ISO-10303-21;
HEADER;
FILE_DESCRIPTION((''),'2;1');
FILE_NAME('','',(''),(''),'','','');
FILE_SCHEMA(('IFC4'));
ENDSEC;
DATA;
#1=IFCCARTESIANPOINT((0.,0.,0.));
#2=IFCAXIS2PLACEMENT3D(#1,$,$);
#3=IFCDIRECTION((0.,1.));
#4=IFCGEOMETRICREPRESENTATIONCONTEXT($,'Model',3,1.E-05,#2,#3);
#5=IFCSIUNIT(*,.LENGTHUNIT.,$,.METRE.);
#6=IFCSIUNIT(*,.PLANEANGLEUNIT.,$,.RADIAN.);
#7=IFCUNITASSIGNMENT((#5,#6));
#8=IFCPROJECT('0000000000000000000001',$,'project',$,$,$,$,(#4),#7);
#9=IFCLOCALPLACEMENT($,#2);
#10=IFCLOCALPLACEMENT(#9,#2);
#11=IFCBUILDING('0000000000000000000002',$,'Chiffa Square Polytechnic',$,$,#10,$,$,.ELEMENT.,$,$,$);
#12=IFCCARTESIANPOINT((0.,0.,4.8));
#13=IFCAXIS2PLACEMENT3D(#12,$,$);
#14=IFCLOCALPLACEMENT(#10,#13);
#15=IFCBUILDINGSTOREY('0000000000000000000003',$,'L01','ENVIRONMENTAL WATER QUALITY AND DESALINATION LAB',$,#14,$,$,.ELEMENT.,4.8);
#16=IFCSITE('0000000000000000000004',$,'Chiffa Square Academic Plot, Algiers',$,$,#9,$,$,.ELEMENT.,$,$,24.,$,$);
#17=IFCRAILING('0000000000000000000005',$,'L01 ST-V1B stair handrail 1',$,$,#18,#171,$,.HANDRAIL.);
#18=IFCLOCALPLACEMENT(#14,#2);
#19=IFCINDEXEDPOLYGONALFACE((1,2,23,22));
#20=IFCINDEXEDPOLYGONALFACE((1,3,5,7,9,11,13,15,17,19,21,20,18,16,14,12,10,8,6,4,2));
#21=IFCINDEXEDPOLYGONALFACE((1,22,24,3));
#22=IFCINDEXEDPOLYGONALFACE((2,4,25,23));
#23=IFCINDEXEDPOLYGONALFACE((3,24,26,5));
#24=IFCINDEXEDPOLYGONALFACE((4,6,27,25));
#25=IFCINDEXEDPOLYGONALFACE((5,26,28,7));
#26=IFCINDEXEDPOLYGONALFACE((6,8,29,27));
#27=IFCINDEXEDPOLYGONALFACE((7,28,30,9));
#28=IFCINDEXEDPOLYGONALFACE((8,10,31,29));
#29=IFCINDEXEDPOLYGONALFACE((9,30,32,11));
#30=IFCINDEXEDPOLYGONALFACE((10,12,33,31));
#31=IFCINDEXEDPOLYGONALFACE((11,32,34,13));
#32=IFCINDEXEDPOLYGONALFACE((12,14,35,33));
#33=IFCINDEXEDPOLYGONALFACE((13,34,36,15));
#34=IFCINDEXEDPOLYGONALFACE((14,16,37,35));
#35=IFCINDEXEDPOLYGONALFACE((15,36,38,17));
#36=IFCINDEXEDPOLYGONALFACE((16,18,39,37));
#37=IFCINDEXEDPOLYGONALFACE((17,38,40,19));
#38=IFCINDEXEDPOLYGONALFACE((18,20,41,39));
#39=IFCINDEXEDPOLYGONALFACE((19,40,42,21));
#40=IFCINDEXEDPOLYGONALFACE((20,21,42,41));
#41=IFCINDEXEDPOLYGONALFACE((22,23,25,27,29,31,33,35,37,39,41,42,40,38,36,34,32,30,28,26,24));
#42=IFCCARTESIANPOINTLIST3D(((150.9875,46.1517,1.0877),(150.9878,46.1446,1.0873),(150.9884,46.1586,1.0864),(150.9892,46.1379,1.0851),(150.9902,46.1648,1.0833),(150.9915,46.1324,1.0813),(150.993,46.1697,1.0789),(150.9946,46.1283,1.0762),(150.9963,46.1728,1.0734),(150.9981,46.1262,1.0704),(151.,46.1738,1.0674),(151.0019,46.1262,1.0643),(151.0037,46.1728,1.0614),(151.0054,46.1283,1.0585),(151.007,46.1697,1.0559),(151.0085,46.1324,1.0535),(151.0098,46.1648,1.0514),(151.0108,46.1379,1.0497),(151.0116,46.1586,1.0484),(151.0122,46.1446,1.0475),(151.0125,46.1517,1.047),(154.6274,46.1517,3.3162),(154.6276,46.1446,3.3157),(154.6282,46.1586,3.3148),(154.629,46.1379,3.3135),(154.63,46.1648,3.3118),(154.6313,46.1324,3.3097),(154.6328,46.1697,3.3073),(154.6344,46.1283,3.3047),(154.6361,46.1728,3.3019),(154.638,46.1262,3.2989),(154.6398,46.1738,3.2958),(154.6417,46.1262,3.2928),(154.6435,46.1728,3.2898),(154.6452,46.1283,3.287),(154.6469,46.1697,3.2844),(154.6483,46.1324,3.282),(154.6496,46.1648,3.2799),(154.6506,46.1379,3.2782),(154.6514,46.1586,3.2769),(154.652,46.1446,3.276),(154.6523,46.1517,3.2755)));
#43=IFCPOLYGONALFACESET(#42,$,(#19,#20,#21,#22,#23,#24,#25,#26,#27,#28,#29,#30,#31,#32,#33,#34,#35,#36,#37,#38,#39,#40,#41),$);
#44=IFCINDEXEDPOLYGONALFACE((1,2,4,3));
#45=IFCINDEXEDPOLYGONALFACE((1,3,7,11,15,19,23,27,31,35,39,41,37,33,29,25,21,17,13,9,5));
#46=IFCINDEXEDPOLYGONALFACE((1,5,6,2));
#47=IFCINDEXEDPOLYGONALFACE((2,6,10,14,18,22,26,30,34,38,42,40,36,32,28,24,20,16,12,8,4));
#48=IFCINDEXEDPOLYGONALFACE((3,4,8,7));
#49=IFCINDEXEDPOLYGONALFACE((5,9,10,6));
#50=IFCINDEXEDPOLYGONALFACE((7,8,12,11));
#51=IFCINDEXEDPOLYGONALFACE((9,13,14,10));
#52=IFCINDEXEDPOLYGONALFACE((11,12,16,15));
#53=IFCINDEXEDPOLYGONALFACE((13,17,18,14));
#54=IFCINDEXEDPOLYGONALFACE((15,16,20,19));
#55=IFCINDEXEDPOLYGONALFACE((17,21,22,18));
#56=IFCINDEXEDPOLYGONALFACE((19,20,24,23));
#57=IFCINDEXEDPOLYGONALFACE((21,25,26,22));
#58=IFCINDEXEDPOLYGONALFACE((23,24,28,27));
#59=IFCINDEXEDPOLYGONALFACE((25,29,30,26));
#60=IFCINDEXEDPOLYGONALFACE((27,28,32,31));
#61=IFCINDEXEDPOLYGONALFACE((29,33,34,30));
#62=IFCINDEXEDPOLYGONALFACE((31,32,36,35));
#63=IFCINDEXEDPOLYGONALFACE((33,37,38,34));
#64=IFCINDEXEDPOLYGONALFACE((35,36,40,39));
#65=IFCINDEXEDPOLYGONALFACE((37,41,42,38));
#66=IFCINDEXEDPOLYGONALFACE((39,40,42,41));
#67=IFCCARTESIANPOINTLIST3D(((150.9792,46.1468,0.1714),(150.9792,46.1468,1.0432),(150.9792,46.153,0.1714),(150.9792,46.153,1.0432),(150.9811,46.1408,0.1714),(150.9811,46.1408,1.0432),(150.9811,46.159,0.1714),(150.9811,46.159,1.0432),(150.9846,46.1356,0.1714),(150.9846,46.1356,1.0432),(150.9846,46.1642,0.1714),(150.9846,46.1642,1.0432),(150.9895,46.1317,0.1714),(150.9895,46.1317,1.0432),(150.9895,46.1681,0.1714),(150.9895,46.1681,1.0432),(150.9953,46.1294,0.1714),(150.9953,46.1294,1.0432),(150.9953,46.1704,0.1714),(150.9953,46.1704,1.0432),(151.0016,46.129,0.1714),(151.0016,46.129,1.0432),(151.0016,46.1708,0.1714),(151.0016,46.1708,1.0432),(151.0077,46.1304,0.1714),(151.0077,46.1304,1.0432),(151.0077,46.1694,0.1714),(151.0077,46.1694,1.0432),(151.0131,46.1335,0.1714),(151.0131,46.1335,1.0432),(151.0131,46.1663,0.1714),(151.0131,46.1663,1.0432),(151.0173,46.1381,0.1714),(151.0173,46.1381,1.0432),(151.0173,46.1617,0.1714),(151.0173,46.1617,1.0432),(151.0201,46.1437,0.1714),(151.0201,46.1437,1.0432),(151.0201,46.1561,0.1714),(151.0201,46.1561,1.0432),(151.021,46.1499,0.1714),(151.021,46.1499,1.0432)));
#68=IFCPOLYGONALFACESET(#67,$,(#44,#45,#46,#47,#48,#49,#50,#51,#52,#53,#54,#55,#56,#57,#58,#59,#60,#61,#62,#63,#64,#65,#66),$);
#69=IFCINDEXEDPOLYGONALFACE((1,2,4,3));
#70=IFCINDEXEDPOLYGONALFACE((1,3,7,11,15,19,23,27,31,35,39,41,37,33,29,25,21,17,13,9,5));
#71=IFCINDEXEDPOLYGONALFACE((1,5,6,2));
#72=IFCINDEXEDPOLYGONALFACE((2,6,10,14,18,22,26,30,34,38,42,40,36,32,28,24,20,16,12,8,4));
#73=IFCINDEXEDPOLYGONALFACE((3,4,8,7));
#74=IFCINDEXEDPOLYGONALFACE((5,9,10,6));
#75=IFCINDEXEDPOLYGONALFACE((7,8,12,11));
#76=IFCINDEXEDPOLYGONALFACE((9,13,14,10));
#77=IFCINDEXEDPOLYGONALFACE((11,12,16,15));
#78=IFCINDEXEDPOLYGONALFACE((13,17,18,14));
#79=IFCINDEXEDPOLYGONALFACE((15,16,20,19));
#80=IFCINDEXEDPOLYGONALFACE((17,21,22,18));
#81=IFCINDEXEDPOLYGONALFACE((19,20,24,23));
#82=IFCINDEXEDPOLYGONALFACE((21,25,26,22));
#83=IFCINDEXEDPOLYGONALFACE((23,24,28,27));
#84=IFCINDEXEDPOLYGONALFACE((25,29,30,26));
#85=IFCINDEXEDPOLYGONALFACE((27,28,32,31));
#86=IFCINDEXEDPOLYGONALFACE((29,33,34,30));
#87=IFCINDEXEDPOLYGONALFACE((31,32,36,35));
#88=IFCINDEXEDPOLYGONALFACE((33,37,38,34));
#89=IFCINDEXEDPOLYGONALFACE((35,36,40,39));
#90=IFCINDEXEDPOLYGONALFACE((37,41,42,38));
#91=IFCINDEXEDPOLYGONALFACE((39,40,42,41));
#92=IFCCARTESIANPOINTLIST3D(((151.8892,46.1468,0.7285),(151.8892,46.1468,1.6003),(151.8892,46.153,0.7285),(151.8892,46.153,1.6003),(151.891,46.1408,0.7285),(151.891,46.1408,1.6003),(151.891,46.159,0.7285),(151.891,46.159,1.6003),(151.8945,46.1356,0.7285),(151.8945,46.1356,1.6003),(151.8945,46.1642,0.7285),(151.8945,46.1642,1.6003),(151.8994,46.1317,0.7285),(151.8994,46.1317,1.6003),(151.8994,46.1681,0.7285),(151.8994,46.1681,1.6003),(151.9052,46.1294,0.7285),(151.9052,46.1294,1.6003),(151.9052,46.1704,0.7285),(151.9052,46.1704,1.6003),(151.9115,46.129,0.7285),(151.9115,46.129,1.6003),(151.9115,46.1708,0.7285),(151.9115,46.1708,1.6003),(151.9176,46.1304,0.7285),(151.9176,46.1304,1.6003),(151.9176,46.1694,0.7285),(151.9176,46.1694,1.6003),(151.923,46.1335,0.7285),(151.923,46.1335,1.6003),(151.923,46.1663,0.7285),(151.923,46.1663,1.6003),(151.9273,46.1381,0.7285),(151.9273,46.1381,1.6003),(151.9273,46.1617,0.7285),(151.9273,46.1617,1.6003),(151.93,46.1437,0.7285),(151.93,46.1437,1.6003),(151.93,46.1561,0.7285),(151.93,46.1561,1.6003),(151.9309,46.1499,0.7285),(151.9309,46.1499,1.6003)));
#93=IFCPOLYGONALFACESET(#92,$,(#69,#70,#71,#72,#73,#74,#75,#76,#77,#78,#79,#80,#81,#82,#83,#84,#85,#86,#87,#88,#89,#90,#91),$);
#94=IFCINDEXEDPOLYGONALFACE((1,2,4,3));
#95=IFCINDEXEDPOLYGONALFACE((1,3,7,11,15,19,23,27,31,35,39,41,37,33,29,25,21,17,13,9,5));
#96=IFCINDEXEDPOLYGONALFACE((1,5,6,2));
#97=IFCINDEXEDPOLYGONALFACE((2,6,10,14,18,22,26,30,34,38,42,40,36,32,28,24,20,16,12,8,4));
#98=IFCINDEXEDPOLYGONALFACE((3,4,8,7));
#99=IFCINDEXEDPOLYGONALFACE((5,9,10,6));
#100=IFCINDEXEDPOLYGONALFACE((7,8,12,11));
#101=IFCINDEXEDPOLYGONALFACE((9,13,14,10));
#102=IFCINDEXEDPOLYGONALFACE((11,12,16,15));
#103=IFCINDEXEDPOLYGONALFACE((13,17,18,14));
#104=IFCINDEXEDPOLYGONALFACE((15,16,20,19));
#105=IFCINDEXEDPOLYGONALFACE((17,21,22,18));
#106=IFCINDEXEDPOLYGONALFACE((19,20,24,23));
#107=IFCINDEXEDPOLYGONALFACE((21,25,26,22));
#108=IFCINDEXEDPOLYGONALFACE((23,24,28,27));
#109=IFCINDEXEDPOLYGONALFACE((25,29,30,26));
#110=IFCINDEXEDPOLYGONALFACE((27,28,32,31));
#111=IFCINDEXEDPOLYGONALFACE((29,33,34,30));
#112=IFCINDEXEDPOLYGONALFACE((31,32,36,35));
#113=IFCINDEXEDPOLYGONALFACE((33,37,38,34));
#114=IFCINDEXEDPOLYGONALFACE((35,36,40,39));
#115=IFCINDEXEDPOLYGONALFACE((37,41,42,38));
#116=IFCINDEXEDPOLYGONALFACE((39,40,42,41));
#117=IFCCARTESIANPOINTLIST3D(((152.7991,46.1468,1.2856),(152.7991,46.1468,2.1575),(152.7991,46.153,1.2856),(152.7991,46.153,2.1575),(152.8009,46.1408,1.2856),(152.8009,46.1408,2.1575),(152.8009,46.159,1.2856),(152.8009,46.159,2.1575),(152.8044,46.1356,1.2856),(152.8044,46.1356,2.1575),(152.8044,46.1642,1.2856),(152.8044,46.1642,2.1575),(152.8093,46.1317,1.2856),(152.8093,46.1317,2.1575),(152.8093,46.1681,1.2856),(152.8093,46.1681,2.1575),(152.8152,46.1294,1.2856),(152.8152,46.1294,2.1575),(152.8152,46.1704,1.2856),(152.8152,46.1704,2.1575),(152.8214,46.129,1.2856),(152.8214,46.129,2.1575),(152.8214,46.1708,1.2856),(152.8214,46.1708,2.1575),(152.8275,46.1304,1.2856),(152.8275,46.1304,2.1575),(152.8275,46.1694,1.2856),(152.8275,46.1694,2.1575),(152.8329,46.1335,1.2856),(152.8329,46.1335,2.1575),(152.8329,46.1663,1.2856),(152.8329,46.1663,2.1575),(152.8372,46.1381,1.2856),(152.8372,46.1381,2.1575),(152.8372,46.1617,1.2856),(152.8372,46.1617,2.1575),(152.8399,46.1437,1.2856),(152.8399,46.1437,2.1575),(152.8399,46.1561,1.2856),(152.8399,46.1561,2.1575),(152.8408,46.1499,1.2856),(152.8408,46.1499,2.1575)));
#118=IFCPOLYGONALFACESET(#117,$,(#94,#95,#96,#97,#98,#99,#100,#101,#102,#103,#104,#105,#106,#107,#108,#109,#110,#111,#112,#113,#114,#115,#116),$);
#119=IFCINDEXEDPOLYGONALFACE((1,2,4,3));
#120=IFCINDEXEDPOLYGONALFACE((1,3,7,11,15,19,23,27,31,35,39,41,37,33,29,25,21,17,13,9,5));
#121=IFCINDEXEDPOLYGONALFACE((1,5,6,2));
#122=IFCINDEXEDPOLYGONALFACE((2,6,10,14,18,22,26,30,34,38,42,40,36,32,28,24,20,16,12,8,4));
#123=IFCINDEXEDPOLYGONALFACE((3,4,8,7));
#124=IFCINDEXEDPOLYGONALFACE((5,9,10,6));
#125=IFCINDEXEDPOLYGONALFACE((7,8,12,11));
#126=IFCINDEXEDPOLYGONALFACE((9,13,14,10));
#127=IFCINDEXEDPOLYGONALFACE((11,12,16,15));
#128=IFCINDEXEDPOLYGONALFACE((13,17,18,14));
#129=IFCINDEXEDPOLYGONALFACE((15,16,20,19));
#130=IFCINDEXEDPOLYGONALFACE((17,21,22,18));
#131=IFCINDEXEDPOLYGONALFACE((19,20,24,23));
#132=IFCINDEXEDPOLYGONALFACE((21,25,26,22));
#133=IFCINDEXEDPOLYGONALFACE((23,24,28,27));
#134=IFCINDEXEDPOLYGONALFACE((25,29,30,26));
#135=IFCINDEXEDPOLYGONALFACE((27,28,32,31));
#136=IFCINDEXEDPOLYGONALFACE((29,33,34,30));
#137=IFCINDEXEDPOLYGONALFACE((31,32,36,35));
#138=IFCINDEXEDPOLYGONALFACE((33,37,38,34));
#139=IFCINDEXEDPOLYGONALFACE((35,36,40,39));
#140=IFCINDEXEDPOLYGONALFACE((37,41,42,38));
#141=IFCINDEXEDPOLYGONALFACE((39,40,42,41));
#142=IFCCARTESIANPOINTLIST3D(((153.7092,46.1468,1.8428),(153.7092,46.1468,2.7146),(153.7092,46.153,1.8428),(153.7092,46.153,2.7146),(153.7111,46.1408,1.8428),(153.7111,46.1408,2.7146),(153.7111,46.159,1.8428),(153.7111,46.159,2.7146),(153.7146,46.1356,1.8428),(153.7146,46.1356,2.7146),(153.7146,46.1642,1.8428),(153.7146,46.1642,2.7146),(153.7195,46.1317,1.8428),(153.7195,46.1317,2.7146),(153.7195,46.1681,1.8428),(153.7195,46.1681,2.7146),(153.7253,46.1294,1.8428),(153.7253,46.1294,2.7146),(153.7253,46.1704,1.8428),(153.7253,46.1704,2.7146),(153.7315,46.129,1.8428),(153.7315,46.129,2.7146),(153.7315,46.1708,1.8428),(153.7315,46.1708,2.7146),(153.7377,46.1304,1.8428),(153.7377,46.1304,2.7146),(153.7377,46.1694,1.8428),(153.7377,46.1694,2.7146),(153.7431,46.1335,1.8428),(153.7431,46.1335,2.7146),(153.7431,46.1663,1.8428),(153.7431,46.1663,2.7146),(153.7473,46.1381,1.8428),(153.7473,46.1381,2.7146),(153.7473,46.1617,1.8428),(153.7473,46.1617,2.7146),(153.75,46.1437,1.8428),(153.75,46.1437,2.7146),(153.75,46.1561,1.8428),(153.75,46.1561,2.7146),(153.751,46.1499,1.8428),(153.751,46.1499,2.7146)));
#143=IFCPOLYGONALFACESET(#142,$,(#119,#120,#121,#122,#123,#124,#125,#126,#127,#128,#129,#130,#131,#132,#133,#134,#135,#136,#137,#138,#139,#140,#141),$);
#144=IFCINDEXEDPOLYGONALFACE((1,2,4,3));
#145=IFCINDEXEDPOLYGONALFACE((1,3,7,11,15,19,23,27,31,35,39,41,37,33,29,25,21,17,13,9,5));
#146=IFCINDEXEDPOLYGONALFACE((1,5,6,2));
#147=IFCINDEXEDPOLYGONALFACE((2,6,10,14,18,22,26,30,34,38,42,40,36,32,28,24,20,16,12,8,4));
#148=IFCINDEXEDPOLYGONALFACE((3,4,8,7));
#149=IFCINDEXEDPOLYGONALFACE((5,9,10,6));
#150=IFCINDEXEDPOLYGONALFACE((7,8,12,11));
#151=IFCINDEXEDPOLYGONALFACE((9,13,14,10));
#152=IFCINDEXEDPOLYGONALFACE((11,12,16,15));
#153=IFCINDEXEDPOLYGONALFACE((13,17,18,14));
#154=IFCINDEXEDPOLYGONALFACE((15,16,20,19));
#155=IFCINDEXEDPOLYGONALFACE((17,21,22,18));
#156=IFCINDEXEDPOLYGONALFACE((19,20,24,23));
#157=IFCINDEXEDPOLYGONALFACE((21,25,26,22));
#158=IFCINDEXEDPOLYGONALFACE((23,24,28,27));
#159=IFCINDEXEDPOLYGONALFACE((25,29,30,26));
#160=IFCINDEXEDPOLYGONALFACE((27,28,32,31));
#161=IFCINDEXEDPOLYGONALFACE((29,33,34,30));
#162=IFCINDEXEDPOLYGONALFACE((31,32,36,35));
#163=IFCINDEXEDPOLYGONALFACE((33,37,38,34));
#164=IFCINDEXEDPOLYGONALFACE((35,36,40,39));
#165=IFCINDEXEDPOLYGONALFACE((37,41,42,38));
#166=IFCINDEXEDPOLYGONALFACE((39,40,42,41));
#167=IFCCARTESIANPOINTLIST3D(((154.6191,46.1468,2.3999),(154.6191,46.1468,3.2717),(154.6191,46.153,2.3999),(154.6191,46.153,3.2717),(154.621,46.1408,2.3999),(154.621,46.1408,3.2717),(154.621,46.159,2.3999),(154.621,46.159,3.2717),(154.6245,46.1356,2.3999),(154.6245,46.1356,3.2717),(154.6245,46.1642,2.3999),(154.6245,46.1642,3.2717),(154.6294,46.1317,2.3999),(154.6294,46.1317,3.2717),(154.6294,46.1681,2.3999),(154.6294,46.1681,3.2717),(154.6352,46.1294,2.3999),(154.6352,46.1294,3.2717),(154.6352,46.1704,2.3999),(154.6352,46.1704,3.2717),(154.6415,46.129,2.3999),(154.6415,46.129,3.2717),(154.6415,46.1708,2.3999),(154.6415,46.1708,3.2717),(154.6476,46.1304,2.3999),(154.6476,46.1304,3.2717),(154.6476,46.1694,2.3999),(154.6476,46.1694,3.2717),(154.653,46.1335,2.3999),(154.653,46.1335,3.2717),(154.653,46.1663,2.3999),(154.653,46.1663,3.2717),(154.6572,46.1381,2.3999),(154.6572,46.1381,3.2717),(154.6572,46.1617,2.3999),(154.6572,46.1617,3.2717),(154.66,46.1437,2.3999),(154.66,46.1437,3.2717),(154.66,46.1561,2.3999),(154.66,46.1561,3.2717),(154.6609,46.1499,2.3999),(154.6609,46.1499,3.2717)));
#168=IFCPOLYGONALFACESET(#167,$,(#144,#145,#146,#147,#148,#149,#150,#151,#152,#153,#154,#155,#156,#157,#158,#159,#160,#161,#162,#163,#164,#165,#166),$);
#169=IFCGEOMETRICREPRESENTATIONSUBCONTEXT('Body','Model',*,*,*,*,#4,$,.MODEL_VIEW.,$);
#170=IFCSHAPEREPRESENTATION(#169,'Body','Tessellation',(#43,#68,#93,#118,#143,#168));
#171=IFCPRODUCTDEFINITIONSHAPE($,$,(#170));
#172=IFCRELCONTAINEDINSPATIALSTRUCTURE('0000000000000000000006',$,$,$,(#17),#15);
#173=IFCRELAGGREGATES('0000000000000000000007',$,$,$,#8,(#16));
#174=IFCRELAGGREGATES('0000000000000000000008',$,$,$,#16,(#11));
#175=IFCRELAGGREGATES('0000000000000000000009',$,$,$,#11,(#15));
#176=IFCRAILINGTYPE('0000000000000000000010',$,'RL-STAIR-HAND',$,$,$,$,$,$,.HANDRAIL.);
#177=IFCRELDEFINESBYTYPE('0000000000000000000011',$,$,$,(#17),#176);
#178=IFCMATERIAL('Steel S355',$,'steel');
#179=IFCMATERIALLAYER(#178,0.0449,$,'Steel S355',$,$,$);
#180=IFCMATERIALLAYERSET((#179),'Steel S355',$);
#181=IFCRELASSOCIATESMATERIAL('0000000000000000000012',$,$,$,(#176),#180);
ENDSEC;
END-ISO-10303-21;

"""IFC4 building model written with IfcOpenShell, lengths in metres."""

from ifc_helpers import new_model, si_unit, direction, frame, origin, origin_2d, place, context, subcontext, project, spatial, circle, extrude, material, layer, layer_set, type_object, element, save


model = new_model("IFC4")

# Units and contexts
model_context = context("Model", 3, precision=1e-05, world=origin(), true_north=direction((0.0, 1.0)))
body_context = subcontext(model_context, "Body", "Model", "MODEL_VIEW")
ifc_project = project(units=[si_unit("LENGTHUNIT", "METRE"), si_unit("PLANEANGLEUNIT", "RADIAN")], contexts=[model_context])

# Site, building, storey
site_placement = place(None, origin())
site = spatial("IfcSite", under=ifc_project, at=site_placement, Name="Chiffa Square Academic Plot, Algiers", CompositionType="ELEMENT", RefElevation=24.0)
building_placement = place(site_placement, origin())
building = spatial("IfcBuilding", under=site, at=building_placement, Name="Chiffa Square Polytechnic", CompositionType="ELEMENT")
storey_placement = place(building_placement, frame((0.0, 0.0, 4.8)))
storey = spatial("IfcBuildingStorey", under=building, at=storey_placement, Name="L01", Description="ENVIRONMENTAL WATER QUALITY AND DESALINATION LAB", CompositionType="ELEMENT", Elevation=4.8)

# Railing
ifc_material_1 = material(Name="Steel S355", Category="steel")
ifc_layer_1 = layer(ifc_material_1, 0.0449, Name="Steel S355")
ifc_layer_set_1 = layer_set([ifc_layer_1], Name="Steel S355")
railing_type_1 = type_object("IfcRailingType", Name="RL-STAIR-HAND", PredefinedType="HANDRAIL", material=ifc_layer_set_1)
railing_1_placement = place(storey_placement, frame((151.0, 46.1499, 0.1714)))
element("IfcRailing", 1, at=railing_1_placement, inside=storey, type_object=railing_type_1, Name="L01 ST-V1B stair handrail 1", PredefinedType="HANDRAIL", context=body_context, shape_type="SweptSolid", body=[
    extrude(circle(Radius=0.0239, at=origin_2d()), frame((0.0, 0.0, 0.896), z_axis=(0.85285, 0.0, 0.522156), x_axis=(0.0, 1.0, 0.0)), (0.0, 0.0, 1.0), 4.2678),
    extrude(circle(Radius=0.021, at=origin_2d()), origin(), (0.0, 0.0, 1.0), 0.8718),
    extrude(circle(Radius=0.021, at=origin_2d()), frame((0.9099, 0.0, 0.5571)), (0.0, 0.0, 1.0), 0.8718),
    extrude(circle(Radius=0.021, at=origin_2d()), frame((1.8198, 0.0, 1.1143)), (0.0, 0.0, 1.0), 0.8718),
    extrude(circle(Radius=0.021, at=origin_2d()), frame((2.73, 0.0, 1.6714)), (0.0, 0.0, 1.0), 0.8718),
    extrude(circle(Radius=0.021, at=origin_2d()), frame((3.6399, 0.0, 2.2285)), (0.0, 0.0, 1.0), 0.8718),
])

save(model, "model.ifc")
